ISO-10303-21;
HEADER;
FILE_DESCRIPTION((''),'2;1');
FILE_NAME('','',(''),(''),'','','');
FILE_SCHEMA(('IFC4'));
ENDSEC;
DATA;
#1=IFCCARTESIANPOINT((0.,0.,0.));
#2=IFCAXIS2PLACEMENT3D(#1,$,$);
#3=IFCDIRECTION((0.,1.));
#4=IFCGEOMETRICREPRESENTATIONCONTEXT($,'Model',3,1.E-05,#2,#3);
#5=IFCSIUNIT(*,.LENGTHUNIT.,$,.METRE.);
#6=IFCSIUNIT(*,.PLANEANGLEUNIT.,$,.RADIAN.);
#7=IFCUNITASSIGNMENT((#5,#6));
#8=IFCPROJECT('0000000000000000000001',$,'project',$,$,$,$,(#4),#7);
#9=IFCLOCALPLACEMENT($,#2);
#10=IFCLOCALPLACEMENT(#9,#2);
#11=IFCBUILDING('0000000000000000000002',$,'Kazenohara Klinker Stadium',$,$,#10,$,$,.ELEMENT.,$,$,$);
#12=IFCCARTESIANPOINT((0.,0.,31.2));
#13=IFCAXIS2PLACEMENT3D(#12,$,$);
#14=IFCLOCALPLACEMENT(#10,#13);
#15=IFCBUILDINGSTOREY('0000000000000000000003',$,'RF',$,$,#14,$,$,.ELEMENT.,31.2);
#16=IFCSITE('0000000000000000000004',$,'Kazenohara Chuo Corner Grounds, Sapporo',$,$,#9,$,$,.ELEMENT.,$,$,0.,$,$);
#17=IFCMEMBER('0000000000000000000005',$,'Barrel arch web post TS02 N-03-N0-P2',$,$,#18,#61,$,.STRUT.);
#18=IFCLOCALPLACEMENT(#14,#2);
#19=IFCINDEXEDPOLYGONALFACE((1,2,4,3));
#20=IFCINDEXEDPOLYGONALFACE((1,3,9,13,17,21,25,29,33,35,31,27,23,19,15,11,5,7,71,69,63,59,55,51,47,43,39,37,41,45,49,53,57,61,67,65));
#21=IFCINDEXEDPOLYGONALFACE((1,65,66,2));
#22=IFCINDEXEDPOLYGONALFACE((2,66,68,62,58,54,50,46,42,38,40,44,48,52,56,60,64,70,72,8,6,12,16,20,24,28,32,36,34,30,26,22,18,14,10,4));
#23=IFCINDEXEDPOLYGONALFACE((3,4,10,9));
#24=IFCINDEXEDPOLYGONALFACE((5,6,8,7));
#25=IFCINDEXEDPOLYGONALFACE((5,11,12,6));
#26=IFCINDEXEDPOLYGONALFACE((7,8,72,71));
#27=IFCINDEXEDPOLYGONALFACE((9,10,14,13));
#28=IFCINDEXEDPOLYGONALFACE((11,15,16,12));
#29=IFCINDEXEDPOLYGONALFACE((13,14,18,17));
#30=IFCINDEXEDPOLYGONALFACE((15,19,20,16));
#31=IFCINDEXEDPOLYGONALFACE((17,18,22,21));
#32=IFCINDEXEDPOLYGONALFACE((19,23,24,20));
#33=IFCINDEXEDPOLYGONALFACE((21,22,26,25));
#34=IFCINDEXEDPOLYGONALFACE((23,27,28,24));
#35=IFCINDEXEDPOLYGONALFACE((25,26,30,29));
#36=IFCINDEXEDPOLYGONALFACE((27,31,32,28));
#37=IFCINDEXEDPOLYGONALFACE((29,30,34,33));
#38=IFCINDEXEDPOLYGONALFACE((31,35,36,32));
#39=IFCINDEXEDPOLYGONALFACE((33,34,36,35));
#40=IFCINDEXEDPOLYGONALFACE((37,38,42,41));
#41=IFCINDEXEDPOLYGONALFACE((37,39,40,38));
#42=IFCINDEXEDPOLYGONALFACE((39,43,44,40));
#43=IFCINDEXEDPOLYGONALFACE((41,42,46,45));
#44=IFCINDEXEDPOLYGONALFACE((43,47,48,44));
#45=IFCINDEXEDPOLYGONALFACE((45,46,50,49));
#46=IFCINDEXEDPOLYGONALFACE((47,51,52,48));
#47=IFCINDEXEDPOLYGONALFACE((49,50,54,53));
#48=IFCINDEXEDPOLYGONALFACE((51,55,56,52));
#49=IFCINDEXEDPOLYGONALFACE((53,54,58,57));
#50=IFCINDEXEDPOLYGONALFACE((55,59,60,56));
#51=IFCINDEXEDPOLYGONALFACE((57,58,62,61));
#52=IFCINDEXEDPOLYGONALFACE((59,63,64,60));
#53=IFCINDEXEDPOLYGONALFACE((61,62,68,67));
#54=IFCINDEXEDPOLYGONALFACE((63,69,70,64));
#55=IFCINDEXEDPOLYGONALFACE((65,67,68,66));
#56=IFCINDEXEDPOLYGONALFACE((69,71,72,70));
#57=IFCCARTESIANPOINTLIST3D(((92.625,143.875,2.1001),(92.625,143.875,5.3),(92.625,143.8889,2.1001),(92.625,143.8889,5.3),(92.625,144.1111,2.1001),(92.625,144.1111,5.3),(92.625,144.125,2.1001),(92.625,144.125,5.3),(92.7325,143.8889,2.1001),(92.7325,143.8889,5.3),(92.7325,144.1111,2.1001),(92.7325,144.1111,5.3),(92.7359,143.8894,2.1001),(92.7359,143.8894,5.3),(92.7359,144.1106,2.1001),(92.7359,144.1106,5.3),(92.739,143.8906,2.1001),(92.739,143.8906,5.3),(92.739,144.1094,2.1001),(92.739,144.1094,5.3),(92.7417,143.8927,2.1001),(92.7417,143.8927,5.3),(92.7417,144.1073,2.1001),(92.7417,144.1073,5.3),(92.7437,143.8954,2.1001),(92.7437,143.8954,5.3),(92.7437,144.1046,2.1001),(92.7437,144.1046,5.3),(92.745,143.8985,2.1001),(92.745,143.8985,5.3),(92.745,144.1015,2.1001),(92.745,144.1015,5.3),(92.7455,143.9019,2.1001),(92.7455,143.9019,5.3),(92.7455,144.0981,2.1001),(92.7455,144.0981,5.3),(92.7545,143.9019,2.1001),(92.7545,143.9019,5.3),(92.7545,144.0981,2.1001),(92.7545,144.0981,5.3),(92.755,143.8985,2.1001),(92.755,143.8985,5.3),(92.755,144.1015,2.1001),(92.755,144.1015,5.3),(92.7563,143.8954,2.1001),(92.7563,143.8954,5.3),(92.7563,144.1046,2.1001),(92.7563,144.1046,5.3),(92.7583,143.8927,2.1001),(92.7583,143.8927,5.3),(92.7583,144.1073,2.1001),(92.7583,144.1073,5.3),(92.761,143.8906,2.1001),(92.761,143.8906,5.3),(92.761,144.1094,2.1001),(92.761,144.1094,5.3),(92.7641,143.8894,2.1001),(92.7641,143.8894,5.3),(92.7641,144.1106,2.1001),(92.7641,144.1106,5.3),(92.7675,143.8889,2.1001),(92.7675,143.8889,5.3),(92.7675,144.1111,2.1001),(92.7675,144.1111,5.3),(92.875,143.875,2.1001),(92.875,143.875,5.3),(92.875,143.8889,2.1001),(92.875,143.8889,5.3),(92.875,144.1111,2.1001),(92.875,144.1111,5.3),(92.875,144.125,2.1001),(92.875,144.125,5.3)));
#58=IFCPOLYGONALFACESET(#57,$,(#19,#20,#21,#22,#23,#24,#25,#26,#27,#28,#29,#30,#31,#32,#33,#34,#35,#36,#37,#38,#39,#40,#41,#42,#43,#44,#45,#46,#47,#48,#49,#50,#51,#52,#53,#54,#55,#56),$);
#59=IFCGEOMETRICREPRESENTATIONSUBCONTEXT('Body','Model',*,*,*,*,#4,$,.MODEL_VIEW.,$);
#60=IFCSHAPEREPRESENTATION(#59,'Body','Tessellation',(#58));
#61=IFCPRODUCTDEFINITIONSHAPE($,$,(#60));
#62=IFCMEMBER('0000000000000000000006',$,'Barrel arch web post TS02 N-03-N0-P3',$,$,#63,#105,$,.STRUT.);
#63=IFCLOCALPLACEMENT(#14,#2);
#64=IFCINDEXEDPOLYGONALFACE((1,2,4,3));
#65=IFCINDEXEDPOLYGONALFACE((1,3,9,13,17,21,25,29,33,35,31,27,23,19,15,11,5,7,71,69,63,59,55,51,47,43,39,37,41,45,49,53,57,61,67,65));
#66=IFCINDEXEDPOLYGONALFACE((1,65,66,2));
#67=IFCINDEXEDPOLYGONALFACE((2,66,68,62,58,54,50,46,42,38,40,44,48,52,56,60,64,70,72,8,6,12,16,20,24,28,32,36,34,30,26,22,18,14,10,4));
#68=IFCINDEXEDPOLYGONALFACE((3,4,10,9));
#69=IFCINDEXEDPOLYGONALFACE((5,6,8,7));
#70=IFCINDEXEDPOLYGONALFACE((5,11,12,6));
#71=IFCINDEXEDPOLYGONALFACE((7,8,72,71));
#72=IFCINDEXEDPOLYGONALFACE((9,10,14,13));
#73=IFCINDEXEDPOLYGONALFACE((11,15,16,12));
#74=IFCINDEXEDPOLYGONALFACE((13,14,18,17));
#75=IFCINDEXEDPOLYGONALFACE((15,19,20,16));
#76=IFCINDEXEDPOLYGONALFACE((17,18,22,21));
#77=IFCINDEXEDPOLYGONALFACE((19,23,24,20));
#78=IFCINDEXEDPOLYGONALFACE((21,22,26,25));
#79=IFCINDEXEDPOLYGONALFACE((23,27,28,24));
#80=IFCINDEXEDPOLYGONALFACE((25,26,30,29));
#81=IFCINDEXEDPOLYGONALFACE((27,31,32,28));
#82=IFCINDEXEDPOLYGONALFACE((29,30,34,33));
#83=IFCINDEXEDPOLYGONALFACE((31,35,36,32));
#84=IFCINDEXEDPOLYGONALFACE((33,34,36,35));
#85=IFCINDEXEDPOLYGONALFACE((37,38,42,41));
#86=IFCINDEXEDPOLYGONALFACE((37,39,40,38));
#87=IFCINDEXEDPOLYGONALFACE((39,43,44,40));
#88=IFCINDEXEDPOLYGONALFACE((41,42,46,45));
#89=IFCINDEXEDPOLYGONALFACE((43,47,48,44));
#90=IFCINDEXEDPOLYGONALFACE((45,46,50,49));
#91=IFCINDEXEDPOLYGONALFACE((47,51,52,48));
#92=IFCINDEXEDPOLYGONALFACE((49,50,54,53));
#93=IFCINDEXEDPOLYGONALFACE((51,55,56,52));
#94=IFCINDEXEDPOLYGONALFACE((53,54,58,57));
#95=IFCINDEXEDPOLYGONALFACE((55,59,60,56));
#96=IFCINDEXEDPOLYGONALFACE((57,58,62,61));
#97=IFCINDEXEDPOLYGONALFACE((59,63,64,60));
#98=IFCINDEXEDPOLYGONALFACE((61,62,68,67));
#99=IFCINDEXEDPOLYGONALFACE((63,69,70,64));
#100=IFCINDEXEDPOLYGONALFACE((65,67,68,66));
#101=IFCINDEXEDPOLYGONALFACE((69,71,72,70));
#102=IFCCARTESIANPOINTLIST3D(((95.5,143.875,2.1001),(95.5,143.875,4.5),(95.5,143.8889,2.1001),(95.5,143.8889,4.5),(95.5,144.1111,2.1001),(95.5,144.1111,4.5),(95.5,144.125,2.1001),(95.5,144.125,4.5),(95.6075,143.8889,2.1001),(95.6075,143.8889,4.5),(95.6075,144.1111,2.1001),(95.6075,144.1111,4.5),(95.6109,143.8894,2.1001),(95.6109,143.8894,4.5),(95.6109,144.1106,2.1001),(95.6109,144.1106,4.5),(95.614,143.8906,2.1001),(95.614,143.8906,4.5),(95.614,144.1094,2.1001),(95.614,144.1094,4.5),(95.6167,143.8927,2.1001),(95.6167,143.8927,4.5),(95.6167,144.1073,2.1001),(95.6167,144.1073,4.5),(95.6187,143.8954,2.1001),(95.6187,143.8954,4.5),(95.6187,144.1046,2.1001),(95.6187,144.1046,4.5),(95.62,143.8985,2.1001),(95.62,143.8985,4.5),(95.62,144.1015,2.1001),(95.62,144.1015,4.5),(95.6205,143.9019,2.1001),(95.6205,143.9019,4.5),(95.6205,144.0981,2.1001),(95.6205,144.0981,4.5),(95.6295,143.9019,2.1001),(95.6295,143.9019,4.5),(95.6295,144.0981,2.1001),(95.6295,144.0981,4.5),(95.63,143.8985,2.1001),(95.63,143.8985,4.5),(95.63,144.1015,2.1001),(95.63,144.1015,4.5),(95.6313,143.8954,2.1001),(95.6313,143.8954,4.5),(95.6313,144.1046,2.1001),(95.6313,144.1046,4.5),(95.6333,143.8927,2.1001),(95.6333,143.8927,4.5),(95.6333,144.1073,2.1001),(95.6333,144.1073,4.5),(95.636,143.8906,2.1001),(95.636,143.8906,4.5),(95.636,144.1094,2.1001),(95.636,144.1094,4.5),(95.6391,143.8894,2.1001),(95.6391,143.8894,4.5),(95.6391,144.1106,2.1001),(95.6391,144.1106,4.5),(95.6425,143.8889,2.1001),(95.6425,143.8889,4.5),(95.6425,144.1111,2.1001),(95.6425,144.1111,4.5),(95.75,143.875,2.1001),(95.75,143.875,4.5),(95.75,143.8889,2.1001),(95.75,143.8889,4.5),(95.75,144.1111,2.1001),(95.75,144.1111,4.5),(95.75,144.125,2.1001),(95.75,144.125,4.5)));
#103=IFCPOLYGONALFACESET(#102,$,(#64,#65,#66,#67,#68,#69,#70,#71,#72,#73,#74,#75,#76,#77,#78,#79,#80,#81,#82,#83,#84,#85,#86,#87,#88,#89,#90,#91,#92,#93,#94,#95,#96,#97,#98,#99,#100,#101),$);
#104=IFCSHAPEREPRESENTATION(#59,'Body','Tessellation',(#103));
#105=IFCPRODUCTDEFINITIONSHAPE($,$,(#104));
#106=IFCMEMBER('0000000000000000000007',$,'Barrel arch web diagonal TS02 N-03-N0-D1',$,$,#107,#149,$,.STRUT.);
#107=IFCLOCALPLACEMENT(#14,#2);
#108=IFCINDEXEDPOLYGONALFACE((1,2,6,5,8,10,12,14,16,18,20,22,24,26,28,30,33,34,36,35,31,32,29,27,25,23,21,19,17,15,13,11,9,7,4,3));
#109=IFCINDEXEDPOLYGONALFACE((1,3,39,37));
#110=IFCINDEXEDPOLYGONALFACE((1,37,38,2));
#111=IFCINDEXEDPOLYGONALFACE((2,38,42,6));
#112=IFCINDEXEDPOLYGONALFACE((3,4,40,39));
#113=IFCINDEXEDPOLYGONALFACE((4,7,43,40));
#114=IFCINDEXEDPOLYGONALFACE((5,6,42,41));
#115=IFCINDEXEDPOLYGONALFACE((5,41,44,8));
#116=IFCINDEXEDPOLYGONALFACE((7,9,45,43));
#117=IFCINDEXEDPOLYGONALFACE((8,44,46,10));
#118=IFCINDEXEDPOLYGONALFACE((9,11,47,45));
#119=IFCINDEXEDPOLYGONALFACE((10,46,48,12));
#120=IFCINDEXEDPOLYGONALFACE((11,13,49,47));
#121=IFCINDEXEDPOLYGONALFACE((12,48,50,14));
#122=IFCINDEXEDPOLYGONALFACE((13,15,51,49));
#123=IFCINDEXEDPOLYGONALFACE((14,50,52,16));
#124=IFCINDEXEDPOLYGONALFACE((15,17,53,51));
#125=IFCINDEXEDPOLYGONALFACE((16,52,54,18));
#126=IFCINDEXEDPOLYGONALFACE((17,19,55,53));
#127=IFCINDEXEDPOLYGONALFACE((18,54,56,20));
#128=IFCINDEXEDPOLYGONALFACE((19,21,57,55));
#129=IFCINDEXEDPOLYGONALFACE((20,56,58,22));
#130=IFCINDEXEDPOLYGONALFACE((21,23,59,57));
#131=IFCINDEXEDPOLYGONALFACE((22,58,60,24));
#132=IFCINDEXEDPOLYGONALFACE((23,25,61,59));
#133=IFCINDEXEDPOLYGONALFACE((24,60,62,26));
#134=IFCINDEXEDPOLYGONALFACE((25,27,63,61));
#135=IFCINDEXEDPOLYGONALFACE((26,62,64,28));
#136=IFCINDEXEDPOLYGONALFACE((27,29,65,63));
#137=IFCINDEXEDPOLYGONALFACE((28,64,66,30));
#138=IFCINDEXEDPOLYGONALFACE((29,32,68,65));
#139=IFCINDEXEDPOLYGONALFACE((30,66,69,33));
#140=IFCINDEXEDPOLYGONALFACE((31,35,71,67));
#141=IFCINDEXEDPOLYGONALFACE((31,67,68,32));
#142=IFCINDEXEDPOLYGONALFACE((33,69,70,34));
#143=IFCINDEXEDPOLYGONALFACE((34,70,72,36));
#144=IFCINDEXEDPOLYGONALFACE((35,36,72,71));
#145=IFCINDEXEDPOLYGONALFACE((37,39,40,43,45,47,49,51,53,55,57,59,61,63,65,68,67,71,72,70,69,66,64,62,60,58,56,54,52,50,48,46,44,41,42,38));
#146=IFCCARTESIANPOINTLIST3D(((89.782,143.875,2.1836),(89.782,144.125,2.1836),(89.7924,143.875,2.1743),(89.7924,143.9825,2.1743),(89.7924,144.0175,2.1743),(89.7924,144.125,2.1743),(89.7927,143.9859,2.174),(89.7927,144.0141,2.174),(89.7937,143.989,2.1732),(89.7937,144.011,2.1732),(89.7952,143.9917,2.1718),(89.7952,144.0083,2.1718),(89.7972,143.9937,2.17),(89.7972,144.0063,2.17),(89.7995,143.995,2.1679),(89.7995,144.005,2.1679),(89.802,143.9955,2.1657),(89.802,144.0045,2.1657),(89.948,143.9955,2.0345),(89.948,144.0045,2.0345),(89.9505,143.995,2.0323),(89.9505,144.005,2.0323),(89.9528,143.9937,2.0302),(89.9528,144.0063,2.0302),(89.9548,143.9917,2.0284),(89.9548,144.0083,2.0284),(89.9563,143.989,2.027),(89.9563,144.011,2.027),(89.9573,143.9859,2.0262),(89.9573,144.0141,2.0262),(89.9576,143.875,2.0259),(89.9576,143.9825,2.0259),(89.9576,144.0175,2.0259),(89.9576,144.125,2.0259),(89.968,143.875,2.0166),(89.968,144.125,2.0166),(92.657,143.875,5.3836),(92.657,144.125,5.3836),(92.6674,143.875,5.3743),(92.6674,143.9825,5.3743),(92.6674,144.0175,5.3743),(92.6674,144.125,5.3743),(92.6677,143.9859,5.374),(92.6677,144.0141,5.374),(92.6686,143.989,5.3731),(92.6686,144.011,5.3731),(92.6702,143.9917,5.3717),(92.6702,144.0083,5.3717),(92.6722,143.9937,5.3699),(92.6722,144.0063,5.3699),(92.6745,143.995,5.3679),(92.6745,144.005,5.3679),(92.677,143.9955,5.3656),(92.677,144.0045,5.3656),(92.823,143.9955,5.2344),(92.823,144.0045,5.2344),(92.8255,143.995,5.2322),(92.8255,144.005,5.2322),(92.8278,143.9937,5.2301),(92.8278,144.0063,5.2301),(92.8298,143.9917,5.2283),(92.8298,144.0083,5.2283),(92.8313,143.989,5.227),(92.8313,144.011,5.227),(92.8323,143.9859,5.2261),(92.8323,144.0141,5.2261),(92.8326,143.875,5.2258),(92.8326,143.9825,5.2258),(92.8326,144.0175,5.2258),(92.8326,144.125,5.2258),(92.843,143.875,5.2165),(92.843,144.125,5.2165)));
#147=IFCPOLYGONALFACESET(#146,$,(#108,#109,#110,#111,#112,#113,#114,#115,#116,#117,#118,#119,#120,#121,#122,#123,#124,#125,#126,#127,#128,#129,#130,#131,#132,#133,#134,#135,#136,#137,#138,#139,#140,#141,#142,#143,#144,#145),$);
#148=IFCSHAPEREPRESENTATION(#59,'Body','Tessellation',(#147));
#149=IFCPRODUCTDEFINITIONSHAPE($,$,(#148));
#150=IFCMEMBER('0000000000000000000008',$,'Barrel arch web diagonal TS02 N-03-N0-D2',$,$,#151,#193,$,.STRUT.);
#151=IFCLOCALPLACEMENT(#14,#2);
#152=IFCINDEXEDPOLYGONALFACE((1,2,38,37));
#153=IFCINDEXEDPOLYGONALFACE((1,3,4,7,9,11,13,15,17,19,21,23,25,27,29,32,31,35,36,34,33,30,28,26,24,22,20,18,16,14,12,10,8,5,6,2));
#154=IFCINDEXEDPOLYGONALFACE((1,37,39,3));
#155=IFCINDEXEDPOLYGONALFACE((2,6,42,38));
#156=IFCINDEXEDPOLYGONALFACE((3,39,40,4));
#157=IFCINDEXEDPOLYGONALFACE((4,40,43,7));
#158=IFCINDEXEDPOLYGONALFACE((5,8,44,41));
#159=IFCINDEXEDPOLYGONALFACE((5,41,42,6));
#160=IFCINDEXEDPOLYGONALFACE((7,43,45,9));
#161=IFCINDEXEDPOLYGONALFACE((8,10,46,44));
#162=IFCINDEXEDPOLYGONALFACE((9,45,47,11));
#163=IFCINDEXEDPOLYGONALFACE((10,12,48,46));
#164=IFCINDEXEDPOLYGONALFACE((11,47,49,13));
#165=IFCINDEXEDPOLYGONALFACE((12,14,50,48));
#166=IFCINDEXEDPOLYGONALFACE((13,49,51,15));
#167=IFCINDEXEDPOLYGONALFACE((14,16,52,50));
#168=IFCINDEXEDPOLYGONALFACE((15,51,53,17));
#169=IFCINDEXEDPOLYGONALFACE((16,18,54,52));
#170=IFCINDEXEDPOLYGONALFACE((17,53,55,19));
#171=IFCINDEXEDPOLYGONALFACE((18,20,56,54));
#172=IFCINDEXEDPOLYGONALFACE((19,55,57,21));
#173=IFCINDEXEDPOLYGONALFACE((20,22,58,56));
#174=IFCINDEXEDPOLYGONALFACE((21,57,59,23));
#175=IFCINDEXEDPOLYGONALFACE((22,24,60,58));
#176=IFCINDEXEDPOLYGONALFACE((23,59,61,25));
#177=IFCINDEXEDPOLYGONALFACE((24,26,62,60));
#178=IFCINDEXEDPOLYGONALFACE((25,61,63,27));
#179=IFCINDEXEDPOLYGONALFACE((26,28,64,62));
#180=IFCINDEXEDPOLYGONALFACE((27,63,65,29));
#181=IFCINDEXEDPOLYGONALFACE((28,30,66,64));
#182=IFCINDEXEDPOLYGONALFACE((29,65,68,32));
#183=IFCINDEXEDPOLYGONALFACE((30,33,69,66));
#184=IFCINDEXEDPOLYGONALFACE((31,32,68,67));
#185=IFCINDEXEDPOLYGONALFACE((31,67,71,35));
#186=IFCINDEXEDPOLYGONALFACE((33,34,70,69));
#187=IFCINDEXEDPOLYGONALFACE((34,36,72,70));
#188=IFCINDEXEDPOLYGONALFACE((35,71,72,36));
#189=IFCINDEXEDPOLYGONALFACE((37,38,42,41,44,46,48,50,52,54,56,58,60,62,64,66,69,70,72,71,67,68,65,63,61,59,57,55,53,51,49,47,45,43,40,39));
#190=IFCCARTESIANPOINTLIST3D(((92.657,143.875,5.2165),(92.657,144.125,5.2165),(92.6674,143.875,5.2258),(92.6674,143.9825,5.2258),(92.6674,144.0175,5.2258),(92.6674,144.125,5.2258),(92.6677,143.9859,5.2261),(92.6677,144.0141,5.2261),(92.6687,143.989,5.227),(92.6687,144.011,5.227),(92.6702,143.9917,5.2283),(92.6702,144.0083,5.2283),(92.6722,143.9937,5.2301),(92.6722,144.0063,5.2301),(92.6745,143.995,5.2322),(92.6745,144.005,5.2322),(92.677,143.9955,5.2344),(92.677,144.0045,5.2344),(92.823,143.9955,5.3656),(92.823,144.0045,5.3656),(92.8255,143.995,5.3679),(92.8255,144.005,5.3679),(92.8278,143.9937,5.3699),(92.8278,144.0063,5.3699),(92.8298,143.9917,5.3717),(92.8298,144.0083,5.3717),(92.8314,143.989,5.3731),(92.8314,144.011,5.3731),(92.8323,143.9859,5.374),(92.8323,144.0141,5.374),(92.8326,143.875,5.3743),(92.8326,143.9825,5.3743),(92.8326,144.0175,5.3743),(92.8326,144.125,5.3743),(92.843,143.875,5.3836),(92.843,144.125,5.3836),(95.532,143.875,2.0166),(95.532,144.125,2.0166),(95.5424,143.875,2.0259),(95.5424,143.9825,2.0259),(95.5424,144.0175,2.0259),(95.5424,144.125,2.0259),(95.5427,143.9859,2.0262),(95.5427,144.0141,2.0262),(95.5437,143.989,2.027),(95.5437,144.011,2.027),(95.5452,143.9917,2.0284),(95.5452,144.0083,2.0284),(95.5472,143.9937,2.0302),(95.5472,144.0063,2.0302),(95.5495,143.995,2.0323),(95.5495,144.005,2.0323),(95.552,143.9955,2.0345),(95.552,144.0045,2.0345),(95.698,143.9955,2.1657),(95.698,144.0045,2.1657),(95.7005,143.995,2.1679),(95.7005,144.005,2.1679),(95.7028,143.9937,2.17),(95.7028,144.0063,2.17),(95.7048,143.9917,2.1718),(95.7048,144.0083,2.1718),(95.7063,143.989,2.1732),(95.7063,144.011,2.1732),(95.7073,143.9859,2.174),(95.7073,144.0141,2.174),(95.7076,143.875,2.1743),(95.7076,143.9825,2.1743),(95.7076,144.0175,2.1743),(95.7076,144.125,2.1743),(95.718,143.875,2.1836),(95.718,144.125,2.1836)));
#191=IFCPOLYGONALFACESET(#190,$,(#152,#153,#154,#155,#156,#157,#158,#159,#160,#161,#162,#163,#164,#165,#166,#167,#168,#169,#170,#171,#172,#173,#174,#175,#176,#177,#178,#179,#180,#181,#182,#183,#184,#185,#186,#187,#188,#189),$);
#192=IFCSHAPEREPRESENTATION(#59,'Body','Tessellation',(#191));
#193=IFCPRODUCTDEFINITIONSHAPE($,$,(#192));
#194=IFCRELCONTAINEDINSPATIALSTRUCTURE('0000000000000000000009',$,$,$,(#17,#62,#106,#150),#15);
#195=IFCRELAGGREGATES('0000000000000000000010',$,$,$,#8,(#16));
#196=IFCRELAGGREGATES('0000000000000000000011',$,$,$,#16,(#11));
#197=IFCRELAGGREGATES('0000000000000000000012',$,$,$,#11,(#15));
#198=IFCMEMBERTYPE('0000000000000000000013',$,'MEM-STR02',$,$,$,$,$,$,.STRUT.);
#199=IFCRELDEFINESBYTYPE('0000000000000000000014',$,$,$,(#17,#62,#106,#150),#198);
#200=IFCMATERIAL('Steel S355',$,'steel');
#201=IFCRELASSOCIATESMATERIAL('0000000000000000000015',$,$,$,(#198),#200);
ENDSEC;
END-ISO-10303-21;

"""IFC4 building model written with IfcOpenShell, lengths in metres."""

from ifc_helpers import new_model, si_unit, direction, frame, origin, origin_2d, place, context, subcontext, project, spatial, i_section, extrude, material, material_profile, profile_set, type_object, element, save


model = new_model("IFC4")

# Units and contexts
model_context = context("Model", 3, precision=1e-05, world=origin(), true_north=direction((0.0, 1.0)))
body_context = subcontext(model_context, "Body", "Model", "MODEL_VIEW")
ifc_project = project(units=[si_unit("LENGTHUNIT", "METRE"), si_unit("PLANEANGLEUNIT", "RADIAN")], contexts=[model_context])

# Site, building, storey
site_placement = place(None, origin())
site = spatial("IfcSite", under=ifc_project, at=site_placement, Name="Kazenohara Chuo Corner Grounds, Sapporo", CompositionType="ELEMENT", RefElevation=0.0)
building_placement = place(site_placement, origin())
building = spatial("IfcBuilding", under=site, at=building_placement, Name="Kazenohara Klinker Stadium", CompositionType="ELEMENT")
storey_placement = place(building_placement, frame((0.0, 0.0, 31.2)))
storey = spatial("IfcBuildingStorey", under=building, at=storey_placement, Name="RF", CompositionType="ELEMENT", Elevation=31.2)

# Members
ifc_material_1 = material(Name="Steel S355", Category="steel")
ifc_material_profile_1 = material_profile(ifc_material_1, i_section(OverallWidth=0.25, OverallDepth=0.25, WebThickness=0.009, FlangeThickness=0.0139, FilletRadius=0.0129, at=origin_2d()), Name="H-250x250x9x14")
ifc_profile_set_1 = profile_set([ifc_material_profile_1], Name="Steel S355")
member_type_1 = type_object("IfcMemberType", Name="MEM-STR02", PredefinedType="STRUT", material=ifc_profile_set_1)
member_1_placement = place(storey_placement, frame((92.75, 144.0, 2.1001), z_axis=(0.0, 0.0, 1.0), x_axis=(1.0, 0.0, 0.0)))
element("IfcMember", 1, at=member_1_placement, inside=storey, type_object=member_type_1, Name="Barrel arch web post TS02 N-03-N0-P2", PredefinedType="STRUT", context=body_context, shape_type="SweptSolid", body=[
    extrude(i_section(OverallWidth=0.25, OverallDepth=0.25, WebThickness=0.009, FlangeThickness=0.0139, FilletRadius=0.0129, at=origin_2d()), origin(), (0.0, 0.0, 1.0), 3.2),
])
member_2_placement = place(storey_placement, frame((95.625, 144.0, 2.1001), z_axis=(0.0, 0.0, 1.0), x_axis=(1.0, 0.0, 0.0)))
element("IfcMember", 2, at=member_2_placement, inside=storey, type_object=member_type_1, Name="Barrel arch web post TS02 N-03-N0-P3", PredefinedType="STRUT", context=body_context, shape_type="SweptSolid", body=[
    extrude(i_section(OverallWidth=0.25, OverallDepth=0.25, WebThickness=0.009, FlangeThickness=0.0139, FilletRadius=0.0129, at=origin_2d()), origin(), (0.0, 0.0, 1.0), 2.3999),
])
for number, where, z_axis, x_axis, name in (
    (3, (89.875, 144.0, 2.1001), (0.668328, 0.0, 0.743867), (0.0, 1.0, 0.0), "Barrel arch web diagonal TS02 N-03-N0-D1"),
    (4, (95.625, 144.0, 2.1001), (-0.668328, 0.0, 0.743867), (0.0, -1.0, 0.0), "Barrel arch web diagonal TS02 N-03-N0-D2"),
):
    element("IfcMember", number, at=place(storey_placement, frame(where, z_axis=z_axis, x_axis=x_axis)), inside=storey, type_object=member_type_1, Name=name, PredefinedType="STRUT", context=body_context, shape_type="SweptSolid", body=[
        extrude(i_section(OverallWidth=0.25, OverallDepth=0.25, WebThickness=0.009, FlangeThickness=0.0139, FilletRadius=0.0129, at=origin_2d()), origin(), (0.0, 0.0, 1.0), 4.3018),
    ])

save(model, "model.ifc")
